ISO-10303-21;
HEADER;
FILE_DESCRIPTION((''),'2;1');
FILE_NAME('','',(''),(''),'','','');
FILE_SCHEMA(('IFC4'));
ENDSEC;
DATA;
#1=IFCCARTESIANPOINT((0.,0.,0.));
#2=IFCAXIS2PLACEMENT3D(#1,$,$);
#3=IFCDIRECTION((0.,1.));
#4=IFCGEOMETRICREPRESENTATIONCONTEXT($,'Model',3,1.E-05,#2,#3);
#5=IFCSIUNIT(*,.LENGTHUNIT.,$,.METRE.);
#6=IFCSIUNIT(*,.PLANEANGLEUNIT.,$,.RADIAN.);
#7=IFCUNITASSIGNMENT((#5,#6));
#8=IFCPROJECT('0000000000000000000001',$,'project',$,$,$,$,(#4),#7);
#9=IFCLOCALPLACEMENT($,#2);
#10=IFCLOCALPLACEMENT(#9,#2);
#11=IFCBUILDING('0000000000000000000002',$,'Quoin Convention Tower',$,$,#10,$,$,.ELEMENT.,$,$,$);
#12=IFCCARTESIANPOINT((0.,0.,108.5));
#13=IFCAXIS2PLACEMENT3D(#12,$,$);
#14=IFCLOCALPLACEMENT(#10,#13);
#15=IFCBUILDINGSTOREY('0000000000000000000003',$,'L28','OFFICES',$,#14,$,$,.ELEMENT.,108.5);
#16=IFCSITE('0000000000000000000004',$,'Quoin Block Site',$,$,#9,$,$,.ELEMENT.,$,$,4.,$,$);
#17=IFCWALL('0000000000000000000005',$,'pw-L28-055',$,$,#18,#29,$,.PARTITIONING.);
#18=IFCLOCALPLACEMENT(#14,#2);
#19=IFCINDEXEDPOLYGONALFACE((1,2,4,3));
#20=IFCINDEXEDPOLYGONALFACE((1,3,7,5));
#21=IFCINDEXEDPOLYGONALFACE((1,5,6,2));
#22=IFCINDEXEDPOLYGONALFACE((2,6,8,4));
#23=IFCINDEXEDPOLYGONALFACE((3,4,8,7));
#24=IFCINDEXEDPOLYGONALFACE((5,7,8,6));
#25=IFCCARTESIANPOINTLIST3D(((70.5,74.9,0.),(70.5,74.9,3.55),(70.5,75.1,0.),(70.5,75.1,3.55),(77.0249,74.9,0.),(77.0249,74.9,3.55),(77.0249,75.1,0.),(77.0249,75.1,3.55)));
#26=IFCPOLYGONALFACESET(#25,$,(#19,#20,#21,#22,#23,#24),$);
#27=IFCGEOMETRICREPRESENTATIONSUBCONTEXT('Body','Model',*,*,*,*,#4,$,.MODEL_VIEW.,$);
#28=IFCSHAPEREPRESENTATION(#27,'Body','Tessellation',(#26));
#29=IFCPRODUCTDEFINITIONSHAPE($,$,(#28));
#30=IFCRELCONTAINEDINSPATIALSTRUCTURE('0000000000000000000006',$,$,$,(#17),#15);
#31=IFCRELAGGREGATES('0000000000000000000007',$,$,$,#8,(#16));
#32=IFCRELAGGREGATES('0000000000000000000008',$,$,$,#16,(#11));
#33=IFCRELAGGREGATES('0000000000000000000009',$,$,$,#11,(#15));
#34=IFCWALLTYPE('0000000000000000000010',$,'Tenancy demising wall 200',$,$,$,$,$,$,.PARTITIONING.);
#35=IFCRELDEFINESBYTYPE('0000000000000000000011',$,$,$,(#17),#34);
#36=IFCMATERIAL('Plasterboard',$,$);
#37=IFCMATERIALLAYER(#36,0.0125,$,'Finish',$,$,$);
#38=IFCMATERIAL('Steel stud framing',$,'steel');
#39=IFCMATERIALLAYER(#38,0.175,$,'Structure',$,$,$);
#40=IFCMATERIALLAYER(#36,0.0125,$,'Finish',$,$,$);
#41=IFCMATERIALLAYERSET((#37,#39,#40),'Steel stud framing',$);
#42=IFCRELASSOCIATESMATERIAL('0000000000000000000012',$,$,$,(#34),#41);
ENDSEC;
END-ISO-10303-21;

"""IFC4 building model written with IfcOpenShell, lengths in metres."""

from ifc_helpers import new_model, si_unit, direction, frame, frame_2d, origin, place, context, subcontext, project, spatial, rectangle, extrude, material, layer, layer_set, type_object, element, save


model = new_model("IFC4")

# Units and contexts
model_context = context("Model", 3, precision=1e-05, world=origin(), true_north=direction((0.0, 1.0)))
body_context = subcontext(model_context, "Body", "Model", "MODEL_VIEW")
ifc_project = project(units=[si_unit("LENGTHUNIT", "METRE"), si_unit("PLANEANGLEUNIT", "RADIAN")], contexts=[model_context])

# Site, building, storey
site_placement = place(None, origin())
site = spatial("IfcSite", under=ifc_project, at=site_placement, Name="Quoin Block Site", CompositionType="ELEMENT", RefElevation=4.0)
building_placement = place(site_placement, origin())
building = spatial("IfcBuilding", under=site, at=building_placement, Name="Quoin Convention Tower", CompositionType="ELEMENT")
storey_placement = place(building_placement, frame((0.0, 0.0, 108.5)))
storey = spatial("IfcBuildingStorey", under=building, at=storey_placement, Name="L28", Description="OFFICES", CompositionType="ELEMENT", Elevation=108.5)

# Shared definitions
ifc_material_1 = material(Name="Plasterboard")
ifc_material_2 = material(Name="Steel stud framing", Category="steel")

# Wall
ifc_layer_1 = layer(ifc_material_1, 0.0125, Name="Finish")
ifc_layer_2 = layer(ifc_material_2, 0.175, Name="Structure")
ifc_layer_3 = layer(ifc_material_1, 0.0125, Name="Finish")
ifc_layer_set_1 = layer_set([ifc_layer_1, ifc_layer_2, ifc_layer_3], Name="Steel stud framing")
wall_type_1 = type_object("IfcWallType", Name="Tenancy demising wall 200", PredefinedType="PARTITIONING", material=ifc_layer_set_1)
wall_1_placement = place(storey_placement, frame((70.5, 75.0, 0.0), z_axis=(0.0, 0.0, 1.0), x_axis=(1.0, 0.0, 0.0)))
element("IfcWall", 1, at=wall_1_placement, inside=storey, type_object=wall_type_1, Name="pw-L28-055", PredefinedType="PARTITIONING", context=body_context, shape_type="SweptSolid", body=[
    extrude(rectangle(XDim=6.5249, YDim=0.2, at=frame_2d((3.2625, 0.0))), origin(), (0.0, 0.0, 1.0), 3.55),
])

save(model, "model.ifc")
